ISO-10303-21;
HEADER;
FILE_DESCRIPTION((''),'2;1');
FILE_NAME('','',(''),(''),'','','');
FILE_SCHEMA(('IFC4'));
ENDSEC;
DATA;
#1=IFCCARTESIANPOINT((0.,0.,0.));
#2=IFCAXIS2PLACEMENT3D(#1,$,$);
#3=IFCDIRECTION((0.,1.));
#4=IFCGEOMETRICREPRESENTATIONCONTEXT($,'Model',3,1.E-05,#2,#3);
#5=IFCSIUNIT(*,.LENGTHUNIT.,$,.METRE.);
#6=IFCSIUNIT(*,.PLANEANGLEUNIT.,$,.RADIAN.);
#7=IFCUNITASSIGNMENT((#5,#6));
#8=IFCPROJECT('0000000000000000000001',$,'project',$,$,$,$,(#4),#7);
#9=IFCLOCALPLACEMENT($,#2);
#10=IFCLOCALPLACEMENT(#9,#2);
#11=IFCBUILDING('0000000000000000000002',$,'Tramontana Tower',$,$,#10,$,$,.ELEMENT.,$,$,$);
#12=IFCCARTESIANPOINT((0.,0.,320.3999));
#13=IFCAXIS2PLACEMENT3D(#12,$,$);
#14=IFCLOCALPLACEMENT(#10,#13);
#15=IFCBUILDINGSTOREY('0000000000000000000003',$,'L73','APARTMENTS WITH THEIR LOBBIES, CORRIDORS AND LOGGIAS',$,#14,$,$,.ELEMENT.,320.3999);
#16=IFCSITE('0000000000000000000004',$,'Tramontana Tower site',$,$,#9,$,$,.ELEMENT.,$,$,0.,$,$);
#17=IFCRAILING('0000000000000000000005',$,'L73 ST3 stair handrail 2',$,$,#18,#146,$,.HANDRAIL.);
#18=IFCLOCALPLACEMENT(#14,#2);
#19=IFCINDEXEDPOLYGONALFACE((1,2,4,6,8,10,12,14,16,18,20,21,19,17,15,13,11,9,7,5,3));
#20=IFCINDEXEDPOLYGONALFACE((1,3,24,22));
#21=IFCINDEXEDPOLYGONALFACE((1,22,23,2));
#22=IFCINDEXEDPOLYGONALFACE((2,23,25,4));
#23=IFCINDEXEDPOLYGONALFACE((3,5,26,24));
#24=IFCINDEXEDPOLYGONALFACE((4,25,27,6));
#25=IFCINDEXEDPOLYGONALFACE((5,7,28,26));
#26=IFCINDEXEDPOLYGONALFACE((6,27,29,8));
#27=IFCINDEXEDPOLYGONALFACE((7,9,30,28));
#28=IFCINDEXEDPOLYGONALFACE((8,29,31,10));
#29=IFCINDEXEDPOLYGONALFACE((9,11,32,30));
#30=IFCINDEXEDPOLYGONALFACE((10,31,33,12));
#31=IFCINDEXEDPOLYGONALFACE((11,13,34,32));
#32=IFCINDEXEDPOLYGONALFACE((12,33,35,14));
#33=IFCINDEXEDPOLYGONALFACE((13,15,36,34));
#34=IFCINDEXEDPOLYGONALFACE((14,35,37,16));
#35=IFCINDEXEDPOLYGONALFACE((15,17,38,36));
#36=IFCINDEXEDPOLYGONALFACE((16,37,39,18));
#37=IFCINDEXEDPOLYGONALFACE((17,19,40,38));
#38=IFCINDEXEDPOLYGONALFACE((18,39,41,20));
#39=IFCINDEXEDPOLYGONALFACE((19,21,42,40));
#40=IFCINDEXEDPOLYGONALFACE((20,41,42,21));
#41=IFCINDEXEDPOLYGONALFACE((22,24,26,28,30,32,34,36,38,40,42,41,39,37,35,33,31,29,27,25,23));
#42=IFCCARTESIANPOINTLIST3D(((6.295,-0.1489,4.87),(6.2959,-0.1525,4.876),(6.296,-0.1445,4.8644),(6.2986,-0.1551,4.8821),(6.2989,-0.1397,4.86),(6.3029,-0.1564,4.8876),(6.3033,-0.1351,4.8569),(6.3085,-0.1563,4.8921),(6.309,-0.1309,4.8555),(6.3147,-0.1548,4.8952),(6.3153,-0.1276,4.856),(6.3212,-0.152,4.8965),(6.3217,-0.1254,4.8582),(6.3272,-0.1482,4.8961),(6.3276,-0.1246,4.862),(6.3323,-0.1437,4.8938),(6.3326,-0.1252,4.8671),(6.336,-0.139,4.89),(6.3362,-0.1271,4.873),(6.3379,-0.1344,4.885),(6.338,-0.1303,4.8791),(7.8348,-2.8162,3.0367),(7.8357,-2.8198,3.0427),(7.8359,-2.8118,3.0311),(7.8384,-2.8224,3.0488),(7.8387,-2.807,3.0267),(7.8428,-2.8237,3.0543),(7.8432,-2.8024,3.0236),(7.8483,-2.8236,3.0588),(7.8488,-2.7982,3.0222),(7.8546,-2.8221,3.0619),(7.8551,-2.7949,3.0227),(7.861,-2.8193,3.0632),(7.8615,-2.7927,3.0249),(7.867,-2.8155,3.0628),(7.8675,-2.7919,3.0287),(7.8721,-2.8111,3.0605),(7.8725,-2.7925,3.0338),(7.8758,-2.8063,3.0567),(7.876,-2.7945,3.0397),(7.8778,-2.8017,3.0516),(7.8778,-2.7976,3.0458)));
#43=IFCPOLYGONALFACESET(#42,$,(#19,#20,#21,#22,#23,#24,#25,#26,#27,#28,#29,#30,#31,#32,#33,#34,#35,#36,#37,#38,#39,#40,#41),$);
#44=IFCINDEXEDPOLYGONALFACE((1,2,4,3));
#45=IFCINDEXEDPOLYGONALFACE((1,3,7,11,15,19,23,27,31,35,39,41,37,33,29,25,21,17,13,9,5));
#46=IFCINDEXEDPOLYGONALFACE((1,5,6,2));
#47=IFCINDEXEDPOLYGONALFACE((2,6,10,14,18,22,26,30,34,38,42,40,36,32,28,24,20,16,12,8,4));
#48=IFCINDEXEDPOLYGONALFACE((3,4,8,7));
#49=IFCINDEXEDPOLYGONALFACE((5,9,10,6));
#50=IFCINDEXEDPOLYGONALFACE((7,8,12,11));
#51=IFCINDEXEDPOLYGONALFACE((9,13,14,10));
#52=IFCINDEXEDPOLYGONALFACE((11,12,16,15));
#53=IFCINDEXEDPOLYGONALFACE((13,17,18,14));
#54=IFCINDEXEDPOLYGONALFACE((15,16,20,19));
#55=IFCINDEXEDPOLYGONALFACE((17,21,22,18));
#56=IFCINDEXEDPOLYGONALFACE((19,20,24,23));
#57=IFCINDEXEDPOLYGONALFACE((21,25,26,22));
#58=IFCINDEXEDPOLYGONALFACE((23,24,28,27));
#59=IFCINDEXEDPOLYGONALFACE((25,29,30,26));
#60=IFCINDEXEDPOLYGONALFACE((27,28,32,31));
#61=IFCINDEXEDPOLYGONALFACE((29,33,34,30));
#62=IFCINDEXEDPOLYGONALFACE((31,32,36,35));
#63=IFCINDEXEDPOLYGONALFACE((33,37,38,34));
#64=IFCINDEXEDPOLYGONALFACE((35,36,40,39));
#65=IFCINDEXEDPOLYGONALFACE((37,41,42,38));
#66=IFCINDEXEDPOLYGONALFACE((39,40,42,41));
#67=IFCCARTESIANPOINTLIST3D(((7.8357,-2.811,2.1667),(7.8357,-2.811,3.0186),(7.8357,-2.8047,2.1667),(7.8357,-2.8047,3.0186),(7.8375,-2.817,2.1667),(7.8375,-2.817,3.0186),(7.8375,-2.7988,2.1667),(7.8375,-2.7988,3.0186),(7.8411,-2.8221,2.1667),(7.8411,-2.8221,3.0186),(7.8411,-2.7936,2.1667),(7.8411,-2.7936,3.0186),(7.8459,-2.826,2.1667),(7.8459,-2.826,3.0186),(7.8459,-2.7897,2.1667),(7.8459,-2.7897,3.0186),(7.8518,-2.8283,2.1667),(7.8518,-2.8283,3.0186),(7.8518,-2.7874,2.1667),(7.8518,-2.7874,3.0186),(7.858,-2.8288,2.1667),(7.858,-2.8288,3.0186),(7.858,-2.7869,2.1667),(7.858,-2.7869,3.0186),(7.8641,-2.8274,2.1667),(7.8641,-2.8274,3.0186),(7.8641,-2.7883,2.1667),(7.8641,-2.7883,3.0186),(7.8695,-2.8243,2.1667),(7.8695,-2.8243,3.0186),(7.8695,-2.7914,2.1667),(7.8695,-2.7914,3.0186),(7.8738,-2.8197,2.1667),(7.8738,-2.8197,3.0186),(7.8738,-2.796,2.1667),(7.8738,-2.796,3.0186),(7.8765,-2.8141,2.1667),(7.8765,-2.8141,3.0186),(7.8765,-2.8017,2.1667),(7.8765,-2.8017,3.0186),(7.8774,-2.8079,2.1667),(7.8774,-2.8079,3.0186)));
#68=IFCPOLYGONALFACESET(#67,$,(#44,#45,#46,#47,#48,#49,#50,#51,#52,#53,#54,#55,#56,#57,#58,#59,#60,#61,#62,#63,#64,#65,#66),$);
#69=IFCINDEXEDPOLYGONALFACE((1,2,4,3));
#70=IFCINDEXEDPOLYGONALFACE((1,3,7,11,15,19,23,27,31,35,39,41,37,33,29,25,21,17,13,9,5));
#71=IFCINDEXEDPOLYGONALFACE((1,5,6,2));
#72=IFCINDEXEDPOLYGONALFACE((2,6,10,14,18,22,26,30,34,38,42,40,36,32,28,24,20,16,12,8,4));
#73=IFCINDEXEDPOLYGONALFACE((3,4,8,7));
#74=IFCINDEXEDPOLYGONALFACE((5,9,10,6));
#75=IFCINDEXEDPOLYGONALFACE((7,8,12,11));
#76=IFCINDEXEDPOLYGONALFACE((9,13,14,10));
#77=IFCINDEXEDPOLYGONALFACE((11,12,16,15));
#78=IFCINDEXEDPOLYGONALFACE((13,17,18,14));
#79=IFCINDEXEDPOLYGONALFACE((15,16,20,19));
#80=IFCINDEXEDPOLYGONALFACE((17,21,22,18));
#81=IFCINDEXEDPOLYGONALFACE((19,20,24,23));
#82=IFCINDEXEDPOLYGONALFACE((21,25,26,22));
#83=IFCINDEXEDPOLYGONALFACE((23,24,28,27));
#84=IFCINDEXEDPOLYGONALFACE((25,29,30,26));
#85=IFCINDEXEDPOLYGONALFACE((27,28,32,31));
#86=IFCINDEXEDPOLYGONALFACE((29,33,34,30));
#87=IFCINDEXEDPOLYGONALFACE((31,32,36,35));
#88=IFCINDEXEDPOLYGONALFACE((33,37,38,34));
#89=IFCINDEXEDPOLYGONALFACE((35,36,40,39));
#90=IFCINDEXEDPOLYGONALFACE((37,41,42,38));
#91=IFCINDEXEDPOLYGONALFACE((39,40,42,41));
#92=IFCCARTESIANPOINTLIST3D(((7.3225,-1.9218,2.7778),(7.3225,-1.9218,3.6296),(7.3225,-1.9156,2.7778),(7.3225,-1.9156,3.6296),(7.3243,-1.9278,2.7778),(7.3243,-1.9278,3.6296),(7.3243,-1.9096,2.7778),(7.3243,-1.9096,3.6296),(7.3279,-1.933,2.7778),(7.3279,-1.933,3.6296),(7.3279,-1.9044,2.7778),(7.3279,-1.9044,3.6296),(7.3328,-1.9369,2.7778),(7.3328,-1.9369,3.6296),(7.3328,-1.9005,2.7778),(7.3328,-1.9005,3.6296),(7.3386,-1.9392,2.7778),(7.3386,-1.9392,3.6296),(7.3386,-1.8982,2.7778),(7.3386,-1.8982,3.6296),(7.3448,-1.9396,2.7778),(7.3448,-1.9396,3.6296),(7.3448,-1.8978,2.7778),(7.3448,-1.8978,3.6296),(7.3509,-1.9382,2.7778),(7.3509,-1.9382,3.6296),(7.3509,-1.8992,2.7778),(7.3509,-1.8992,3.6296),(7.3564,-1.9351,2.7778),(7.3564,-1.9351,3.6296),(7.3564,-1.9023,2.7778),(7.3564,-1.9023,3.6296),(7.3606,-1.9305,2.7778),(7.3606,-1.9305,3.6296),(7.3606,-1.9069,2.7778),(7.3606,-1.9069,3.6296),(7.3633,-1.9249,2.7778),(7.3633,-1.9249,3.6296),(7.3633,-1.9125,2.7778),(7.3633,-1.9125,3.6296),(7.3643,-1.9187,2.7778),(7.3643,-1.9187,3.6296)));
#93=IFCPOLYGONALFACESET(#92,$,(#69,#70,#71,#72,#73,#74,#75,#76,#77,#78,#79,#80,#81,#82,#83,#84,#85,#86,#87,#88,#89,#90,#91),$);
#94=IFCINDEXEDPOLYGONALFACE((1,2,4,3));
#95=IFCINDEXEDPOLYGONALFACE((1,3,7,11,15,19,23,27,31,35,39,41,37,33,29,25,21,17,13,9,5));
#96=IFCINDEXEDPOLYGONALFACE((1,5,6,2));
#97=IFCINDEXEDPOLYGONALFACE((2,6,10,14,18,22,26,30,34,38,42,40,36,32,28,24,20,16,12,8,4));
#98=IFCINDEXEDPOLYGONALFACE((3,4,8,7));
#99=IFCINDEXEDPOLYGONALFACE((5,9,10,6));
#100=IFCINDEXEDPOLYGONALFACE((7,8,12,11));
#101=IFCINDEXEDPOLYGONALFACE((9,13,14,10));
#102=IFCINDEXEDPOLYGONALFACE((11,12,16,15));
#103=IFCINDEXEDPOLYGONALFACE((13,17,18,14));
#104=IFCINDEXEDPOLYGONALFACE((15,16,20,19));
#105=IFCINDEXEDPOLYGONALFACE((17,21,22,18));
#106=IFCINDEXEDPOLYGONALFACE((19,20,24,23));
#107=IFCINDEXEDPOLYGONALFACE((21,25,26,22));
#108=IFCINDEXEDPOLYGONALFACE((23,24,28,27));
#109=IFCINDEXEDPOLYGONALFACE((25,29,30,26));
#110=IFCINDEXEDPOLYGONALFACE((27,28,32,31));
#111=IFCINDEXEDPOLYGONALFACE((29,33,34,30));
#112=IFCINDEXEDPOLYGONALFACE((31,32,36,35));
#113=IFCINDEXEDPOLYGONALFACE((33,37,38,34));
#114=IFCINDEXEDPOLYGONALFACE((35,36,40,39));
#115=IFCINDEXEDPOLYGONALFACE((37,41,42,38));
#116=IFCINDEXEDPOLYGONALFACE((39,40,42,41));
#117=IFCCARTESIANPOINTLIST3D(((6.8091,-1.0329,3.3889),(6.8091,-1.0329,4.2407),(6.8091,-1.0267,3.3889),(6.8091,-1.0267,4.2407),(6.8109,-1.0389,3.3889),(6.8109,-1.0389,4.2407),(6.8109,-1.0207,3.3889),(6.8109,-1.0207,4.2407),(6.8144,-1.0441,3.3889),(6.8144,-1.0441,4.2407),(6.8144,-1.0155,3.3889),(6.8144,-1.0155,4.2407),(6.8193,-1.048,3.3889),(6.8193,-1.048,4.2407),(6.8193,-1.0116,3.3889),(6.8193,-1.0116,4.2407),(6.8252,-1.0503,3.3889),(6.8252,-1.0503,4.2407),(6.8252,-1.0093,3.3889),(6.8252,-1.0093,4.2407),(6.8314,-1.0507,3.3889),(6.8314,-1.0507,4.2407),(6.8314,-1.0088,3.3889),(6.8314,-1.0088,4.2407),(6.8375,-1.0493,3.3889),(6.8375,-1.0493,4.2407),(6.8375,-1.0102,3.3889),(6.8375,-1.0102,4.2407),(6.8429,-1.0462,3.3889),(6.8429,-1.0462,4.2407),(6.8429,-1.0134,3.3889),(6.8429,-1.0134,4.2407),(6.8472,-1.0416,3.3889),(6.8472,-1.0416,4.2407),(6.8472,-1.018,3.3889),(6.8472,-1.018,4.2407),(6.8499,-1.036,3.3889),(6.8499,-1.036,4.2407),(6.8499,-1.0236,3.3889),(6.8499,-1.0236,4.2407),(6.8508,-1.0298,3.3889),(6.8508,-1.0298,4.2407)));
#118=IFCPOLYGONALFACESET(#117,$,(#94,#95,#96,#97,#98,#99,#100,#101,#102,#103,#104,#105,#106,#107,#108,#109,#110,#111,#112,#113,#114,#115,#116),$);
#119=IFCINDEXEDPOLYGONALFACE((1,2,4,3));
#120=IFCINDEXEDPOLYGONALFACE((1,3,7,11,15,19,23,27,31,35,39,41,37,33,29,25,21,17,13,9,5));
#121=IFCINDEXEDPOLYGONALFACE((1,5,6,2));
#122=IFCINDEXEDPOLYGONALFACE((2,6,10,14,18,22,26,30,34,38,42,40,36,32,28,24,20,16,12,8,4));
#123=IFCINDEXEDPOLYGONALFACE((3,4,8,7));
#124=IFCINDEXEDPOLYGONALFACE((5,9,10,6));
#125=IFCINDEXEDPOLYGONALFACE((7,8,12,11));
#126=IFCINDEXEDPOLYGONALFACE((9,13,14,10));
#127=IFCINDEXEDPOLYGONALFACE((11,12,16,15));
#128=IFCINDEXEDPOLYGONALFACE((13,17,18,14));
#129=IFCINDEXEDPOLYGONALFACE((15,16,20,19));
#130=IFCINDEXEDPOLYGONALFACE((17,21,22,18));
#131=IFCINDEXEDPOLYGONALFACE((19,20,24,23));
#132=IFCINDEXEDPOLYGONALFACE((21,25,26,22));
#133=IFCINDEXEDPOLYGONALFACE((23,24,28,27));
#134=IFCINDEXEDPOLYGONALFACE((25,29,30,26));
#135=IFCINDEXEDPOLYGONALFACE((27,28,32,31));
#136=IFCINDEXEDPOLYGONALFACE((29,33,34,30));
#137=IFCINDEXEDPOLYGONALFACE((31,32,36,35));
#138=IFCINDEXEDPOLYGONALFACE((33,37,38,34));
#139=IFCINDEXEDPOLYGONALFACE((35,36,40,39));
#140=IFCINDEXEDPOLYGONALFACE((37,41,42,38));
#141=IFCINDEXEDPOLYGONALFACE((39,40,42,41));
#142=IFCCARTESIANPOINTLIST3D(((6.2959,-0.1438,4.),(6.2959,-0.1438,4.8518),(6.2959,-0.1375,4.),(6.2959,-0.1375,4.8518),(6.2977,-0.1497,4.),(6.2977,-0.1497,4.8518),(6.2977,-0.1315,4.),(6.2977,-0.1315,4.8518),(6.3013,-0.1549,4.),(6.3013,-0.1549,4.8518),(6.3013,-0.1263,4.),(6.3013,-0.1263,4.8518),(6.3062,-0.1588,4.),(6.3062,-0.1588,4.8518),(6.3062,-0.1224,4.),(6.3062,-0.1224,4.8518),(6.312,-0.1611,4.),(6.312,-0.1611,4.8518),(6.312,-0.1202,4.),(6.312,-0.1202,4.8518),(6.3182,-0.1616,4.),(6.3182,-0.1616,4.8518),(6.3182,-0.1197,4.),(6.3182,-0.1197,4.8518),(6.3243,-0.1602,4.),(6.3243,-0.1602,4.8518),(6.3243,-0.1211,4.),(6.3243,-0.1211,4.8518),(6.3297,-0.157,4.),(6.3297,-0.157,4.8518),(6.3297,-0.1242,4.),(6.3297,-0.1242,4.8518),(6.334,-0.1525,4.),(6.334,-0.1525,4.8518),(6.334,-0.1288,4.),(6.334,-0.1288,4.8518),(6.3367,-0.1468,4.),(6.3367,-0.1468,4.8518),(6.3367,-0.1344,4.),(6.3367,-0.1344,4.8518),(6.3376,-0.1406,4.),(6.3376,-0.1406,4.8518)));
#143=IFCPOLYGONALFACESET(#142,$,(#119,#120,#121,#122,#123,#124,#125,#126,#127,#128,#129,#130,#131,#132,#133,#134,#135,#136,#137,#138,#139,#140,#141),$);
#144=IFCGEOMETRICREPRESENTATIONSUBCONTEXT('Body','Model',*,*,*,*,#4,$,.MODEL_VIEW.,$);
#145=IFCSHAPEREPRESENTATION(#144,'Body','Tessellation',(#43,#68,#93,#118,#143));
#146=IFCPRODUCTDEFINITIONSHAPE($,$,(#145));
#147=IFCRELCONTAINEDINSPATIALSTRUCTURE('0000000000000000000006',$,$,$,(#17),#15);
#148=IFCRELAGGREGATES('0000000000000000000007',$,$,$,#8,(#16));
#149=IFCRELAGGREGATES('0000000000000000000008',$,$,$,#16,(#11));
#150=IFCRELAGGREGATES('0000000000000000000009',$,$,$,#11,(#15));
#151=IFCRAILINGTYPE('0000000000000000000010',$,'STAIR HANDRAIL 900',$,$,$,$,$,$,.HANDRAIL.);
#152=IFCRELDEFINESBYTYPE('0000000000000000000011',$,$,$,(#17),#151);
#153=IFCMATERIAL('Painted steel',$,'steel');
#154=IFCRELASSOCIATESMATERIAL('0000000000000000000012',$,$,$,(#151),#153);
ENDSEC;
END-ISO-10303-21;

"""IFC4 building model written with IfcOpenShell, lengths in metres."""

from ifc_helpers import new_model, si_unit, direction, frame, origin, origin_2d, place, context, subcontext, project, spatial, circle, extrude, material, type_object, element, save


model = new_model("IFC4")

# Units and contexts
model_context = context("Model", 3, precision=1e-05, world=origin(), true_north=direction((0.0, 1.0)))
body_context = subcontext(model_context, "Body", "Model", "MODEL_VIEW")
ifc_project = project(units=[si_unit("LENGTHUNIT", "METRE"), si_unit("PLANEANGLEUNIT", "RADIAN")], contexts=[model_context])

# Site, building, storey
site_placement = place(None, origin())
site = spatial("IfcSite", under=ifc_project, at=site_placement, Name="Tramontana Tower site", CompositionType="ELEMENT", RefElevation=0.0)
building_placement = place(site_placement, origin())
building = spatial("IfcBuilding", under=site, at=building_placement, Name="Tramontana Tower", CompositionType="ELEMENT")
storey_placement = place(building_placement, frame((0.0, 0.0, 320.3999)))
storey = spatial("IfcBuildingStorey", under=building, at=storey_placement, Name="L73", Description="APARTMENTS WITH THEIR LOBBIES, CORRIDORS AND LOGGIAS", CompositionType="ELEMENT", Elevation=320.3999)

# Railing
ifc_material_1 = material(Name="Painted steel", Category="steel")
railing_type_1 = type_object("IfcRailingType", Name="STAIR HANDRAIL 900", PredefinedType="HANDRAIL", material=ifc_material_1)
railing_1_placement = place(storey_placement, frame((7.8564, -2.8079, 2.1667)))
element("IfcRailing", 1, at=railing_1_placement, inside=storey, type_object=railing_type_1, Name="L73 ST3 stair handrail 2", PredefinedType="HANDRAIL", context=body_context, shape_type="SweptSolid", body=[
    extrude(circle(Radius=0.0239, at=origin_2d()), frame((0.0, 0.0, 0.876), z_axis=(-0.429616, 0.744181, 0.511493), x_axis=(-0.866044, -0.499967, 0.0)), (0.0, 0.0, 1.0), 3.5842),
    extrude(circle(Radius=0.021, at=origin_2d()), origin(), (0.0, 0.0, 1.0), 0.8518),
    extrude(circle(Radius=0.021, at=origin_2d()), frame((-0.5132, 0.8892, 0.6111)), (0.0, 0.0, 1.0), 0.8518),
    extrude(circle(Radius=0.021, at=origin_2d()), frame((-1.0266, 1.7781, 1.2222)), (0.0, 0.0, 1.0), 0.8518),
    extrude(circle(Radius=0.021, at=origin_2d()), frame((-1.5398, 2.6672, 1.8333)), (0.0, 0.0, 1.0), 0.8518),
])

save(model, "model.ifc")
